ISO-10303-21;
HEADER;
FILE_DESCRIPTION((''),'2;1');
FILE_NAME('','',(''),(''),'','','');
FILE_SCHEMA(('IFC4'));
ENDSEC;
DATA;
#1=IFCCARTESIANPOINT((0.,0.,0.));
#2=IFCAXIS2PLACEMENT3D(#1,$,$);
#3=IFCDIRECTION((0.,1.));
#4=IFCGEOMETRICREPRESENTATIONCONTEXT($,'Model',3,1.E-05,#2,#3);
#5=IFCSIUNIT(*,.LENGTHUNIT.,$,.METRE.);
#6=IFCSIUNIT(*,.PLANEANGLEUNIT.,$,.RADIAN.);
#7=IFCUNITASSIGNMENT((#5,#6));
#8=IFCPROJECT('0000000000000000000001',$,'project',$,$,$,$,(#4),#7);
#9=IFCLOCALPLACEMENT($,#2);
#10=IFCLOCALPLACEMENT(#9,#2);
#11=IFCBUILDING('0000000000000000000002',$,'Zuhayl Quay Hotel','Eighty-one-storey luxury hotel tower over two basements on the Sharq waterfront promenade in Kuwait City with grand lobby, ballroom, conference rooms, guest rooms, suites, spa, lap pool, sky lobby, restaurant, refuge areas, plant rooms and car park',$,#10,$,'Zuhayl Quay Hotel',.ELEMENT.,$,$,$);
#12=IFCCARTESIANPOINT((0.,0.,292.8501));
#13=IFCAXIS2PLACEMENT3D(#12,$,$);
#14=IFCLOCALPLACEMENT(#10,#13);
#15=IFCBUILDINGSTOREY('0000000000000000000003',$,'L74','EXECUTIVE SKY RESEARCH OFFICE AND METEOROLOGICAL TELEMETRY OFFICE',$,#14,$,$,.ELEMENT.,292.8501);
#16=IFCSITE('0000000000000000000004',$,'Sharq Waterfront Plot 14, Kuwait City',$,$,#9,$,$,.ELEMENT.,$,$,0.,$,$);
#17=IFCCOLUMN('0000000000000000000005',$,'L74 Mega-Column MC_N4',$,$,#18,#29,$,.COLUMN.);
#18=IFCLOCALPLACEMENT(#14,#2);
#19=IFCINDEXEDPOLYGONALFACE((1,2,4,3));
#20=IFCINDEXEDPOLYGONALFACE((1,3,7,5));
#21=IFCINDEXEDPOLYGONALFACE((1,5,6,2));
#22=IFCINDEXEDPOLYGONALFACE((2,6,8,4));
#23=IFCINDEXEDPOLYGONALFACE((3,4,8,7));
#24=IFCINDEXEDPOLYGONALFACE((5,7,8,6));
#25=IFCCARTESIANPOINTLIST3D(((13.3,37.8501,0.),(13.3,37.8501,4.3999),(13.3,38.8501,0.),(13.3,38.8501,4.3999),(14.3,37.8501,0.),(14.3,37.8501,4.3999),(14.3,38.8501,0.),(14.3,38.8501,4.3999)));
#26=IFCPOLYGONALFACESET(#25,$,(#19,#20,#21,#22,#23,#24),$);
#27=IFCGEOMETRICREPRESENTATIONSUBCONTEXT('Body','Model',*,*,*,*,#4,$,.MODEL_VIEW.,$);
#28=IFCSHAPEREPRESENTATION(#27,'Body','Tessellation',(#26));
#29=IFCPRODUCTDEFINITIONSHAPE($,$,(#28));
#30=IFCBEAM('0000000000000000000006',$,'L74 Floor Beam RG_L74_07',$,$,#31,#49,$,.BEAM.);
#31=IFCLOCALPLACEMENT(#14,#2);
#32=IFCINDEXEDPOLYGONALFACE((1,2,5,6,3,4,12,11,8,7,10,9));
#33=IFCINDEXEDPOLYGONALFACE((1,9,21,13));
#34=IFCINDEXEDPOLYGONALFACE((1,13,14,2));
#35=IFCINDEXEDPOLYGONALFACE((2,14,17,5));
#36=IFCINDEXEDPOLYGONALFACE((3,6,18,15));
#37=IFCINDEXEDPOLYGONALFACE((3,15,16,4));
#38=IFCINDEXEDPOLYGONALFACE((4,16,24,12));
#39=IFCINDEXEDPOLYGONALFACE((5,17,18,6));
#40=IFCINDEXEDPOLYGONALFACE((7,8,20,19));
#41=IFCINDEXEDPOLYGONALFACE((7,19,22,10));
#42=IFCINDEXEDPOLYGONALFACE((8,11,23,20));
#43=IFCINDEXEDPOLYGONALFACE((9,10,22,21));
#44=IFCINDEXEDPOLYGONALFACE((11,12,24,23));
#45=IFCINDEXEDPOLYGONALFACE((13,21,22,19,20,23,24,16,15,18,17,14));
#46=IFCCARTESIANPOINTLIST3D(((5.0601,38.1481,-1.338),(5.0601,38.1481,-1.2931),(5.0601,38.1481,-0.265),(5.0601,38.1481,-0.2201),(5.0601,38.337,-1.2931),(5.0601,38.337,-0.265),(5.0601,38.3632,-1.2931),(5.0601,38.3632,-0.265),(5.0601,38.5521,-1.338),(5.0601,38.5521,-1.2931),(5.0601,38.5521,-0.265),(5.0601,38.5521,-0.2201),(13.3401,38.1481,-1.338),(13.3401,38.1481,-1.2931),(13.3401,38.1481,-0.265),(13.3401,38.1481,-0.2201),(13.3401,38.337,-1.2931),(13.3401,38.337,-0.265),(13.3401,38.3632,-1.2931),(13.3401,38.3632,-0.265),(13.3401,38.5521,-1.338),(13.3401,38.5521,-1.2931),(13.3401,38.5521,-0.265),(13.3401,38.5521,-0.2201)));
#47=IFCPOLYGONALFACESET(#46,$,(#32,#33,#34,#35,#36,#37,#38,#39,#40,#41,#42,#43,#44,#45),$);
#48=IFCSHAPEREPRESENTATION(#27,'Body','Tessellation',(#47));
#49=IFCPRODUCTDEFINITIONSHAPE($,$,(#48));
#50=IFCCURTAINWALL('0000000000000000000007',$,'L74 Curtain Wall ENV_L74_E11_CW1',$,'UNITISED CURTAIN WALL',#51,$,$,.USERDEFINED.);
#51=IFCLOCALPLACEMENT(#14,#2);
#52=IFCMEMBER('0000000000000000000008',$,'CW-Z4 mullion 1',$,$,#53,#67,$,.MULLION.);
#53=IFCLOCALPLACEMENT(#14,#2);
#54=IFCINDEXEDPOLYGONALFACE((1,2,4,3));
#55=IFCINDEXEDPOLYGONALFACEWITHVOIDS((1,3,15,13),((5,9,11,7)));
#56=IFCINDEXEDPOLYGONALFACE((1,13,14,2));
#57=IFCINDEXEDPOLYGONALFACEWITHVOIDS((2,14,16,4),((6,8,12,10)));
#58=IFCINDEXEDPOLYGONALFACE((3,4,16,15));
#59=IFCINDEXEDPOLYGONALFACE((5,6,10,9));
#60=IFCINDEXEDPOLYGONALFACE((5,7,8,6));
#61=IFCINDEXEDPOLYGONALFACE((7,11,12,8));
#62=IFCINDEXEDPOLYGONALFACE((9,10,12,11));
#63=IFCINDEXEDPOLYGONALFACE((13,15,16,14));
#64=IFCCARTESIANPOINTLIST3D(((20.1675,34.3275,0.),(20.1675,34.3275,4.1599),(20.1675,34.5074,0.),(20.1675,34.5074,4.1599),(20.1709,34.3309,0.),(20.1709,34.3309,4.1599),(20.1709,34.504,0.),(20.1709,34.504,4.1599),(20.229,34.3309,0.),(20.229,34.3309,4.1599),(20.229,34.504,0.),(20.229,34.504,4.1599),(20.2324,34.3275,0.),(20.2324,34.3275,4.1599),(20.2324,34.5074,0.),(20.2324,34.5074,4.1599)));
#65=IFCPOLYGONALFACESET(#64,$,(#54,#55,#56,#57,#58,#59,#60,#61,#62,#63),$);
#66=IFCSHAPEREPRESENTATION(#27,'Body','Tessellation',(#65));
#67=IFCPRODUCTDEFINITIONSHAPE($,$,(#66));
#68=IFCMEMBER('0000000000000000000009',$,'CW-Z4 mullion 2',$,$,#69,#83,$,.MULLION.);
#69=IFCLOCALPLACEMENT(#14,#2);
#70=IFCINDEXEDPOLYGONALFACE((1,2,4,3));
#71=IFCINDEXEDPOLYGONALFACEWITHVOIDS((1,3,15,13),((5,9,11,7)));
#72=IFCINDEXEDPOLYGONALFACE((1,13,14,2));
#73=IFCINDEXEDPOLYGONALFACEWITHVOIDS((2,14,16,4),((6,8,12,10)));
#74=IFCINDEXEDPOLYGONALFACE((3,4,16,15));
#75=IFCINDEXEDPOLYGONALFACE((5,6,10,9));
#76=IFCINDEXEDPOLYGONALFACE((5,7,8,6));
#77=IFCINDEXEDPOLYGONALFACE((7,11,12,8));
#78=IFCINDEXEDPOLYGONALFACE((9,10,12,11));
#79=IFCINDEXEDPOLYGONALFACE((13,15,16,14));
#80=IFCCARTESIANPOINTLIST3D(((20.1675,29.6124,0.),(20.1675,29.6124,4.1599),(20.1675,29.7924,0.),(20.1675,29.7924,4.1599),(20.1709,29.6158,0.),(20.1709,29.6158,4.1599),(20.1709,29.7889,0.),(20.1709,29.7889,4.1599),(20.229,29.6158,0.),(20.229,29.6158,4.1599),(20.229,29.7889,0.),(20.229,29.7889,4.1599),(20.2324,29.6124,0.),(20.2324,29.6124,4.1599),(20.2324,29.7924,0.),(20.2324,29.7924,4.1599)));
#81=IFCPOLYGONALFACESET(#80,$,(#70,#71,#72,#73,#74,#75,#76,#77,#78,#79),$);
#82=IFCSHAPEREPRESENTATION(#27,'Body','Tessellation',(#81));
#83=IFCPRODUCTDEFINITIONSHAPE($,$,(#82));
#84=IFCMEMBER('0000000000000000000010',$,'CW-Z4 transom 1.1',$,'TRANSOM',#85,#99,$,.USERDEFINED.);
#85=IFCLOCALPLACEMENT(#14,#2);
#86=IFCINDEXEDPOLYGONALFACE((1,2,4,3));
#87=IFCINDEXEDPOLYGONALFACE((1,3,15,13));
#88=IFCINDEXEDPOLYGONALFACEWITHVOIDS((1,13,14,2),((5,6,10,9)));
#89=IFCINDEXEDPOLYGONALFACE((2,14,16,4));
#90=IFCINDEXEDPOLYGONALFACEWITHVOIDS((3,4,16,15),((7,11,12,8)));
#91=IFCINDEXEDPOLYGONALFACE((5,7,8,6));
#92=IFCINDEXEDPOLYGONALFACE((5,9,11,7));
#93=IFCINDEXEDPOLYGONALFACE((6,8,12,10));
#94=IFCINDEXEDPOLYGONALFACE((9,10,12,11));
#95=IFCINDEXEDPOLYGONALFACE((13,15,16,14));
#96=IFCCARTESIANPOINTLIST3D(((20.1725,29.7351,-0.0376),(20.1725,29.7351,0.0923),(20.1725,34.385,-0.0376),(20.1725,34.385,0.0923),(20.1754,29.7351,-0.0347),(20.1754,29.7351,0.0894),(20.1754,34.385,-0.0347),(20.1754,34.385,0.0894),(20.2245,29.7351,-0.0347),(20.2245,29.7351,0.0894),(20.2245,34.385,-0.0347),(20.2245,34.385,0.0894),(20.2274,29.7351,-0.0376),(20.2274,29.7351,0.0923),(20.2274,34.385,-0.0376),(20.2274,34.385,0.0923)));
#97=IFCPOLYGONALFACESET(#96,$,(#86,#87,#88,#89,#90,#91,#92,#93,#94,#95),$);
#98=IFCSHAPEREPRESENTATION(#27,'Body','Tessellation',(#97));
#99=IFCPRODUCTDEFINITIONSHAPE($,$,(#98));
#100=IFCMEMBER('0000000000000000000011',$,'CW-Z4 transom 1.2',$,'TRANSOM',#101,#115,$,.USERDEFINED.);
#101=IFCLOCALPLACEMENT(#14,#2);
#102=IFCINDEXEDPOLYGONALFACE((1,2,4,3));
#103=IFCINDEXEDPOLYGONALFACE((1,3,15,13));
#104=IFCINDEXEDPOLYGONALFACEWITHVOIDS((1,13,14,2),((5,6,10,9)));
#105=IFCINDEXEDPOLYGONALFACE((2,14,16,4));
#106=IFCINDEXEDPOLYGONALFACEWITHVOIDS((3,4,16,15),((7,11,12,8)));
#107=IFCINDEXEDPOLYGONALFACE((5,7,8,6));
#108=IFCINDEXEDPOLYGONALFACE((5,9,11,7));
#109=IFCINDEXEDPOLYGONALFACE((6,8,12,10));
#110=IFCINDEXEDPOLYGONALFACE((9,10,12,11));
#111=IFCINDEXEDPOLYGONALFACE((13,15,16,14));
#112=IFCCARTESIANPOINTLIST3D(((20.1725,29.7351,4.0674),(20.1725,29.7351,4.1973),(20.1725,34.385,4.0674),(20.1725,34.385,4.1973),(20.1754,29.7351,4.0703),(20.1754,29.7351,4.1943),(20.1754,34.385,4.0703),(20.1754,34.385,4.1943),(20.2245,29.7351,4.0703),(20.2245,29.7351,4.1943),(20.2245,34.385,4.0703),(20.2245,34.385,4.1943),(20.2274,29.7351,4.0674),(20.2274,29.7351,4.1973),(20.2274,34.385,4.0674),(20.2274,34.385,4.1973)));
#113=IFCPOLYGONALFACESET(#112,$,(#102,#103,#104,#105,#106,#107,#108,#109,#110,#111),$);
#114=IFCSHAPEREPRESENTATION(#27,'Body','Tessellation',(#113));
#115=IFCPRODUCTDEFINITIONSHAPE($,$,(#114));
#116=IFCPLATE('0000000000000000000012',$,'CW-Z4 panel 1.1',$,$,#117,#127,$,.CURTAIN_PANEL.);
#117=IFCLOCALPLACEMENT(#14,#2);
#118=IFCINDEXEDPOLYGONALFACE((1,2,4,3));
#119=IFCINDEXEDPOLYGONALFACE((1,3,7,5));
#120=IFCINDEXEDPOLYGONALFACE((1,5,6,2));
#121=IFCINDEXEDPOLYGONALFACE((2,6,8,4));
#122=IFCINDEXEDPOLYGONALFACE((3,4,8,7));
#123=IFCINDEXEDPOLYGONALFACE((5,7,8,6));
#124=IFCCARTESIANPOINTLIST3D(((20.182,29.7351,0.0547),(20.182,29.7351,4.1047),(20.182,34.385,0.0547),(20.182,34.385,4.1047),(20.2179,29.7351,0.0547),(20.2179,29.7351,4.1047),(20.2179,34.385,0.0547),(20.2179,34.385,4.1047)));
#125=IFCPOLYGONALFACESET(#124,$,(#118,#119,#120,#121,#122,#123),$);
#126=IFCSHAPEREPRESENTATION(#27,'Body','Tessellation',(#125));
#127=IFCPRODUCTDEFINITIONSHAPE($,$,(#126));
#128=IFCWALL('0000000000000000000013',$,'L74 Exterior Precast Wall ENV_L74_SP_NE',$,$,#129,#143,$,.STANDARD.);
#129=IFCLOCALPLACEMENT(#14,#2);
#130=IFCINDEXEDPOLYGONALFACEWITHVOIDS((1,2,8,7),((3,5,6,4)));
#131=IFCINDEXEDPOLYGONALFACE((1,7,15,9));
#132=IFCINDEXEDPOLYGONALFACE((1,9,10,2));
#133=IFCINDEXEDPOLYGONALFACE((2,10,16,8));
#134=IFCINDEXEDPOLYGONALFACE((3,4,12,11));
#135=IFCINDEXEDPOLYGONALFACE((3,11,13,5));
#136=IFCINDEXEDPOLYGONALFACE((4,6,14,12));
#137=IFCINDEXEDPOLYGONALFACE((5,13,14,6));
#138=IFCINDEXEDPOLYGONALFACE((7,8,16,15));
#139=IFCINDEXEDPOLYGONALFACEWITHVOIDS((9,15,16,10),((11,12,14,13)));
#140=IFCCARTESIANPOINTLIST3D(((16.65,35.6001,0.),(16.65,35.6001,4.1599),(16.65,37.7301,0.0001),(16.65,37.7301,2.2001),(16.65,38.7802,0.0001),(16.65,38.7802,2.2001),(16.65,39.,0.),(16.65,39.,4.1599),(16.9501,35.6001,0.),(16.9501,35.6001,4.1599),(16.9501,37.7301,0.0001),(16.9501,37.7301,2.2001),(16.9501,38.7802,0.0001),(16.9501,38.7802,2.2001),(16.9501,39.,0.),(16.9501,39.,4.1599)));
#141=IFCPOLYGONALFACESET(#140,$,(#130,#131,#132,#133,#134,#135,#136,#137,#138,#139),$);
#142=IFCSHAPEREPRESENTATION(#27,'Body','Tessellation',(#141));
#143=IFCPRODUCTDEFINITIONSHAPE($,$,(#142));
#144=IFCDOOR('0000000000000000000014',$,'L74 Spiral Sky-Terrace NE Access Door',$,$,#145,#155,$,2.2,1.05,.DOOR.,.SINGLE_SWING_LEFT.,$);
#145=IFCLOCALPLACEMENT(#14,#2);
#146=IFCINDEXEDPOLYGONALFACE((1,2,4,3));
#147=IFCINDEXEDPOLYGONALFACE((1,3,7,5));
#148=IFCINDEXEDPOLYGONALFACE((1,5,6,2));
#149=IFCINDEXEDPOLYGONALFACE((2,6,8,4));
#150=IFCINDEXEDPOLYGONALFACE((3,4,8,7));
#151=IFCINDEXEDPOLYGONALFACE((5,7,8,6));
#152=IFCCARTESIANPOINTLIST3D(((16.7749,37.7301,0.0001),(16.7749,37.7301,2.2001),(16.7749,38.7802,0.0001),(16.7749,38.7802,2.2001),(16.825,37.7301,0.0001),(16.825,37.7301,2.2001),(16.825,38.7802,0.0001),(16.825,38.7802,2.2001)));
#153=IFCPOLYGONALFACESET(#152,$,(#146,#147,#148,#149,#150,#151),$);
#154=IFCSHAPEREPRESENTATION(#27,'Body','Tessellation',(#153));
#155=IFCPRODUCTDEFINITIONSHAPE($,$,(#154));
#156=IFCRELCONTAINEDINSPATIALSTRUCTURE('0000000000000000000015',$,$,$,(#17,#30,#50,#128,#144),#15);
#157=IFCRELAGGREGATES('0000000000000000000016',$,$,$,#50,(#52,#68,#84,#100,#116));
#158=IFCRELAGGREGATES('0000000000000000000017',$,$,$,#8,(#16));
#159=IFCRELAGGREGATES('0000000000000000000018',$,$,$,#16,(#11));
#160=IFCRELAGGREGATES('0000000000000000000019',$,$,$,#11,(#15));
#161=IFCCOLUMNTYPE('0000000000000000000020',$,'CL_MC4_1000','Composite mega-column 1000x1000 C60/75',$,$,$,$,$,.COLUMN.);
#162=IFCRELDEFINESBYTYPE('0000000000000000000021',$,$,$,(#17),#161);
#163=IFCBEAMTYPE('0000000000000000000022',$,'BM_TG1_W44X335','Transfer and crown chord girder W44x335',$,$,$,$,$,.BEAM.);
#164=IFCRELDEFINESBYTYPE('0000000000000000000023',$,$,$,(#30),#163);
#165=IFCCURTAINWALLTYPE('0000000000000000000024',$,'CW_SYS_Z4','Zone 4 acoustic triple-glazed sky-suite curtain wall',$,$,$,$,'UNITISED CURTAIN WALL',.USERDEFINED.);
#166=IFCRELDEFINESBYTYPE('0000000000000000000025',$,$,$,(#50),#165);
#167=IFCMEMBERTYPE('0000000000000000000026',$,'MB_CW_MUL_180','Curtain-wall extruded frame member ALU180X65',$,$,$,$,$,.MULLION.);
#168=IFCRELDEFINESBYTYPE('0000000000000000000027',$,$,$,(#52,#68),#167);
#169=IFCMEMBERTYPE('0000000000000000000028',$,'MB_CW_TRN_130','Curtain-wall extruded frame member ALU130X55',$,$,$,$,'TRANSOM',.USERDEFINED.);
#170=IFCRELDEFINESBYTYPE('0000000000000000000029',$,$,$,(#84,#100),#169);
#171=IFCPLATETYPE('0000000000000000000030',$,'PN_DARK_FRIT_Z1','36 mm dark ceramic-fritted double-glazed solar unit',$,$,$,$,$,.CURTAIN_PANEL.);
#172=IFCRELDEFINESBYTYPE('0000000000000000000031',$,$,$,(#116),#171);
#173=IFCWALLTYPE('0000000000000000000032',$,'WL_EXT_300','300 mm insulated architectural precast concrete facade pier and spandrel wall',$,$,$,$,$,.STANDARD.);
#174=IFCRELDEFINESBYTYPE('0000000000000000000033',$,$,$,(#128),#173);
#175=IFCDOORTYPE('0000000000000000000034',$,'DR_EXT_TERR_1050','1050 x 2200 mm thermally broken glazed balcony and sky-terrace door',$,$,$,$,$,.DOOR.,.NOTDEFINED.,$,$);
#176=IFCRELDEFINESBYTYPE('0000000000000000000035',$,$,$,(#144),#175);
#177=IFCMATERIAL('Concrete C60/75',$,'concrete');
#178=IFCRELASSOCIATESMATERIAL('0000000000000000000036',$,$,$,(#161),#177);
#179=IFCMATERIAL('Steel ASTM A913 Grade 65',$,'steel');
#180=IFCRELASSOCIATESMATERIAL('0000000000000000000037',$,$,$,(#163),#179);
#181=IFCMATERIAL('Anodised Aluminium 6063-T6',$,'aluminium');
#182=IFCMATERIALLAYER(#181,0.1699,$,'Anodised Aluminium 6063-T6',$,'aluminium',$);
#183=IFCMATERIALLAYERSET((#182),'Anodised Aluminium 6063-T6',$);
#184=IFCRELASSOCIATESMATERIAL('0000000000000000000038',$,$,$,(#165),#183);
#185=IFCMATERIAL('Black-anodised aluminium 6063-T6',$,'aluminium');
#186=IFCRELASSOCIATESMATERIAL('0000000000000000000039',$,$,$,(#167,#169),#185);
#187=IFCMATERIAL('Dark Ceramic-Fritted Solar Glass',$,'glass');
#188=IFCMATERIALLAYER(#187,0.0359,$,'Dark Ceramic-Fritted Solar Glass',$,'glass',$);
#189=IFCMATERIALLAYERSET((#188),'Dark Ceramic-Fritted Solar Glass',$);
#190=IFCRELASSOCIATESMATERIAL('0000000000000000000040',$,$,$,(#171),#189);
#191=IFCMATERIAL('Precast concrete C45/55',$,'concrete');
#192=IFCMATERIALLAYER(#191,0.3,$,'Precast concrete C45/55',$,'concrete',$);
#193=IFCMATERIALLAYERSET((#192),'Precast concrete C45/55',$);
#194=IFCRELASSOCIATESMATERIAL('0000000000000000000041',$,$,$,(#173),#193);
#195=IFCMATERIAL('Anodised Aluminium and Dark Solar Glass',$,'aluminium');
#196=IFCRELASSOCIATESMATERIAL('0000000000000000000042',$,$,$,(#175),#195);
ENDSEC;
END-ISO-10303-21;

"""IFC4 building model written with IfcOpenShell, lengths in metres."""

from ifc_helpers import new_model, si_unit, direction, frame, frame_2d, origin, origin_2d, place, context, subcontext, project, spatial, rectangle, hollow_rectangle, i_section, extrude, material, layer, layer_set, material_profile, profile_set, type_object, element, fill, aggregate, save


model = new_model("IFC4")

# Units and contexts
model_context = context("Model", 3, precision=1e-05, world=origin(), true_north=direction((0.0, 1.0)))
body_context = subcontext(model_context, "Body", "Model", "MODEL_VIEW")
ifc_project = project(units=[si_unit("LENGTHUNIT", "METRE"), si_unit("PLANEANGLEUNIT", "RADIAN")], contexts=[model_context])

# Site, building, storey
site_placement = place(None, origin())
site = spatial("IfcSite", under=ifc_project, at=site_placement, Name="Sharq Waterfront Plot 14, Kuwait City", CompositionType="ELEMENT", RefElevation=0.0)
building_placement = place(site_placement, origin())
building = spatial("IfcBuilding", under=site, at=building_placement, Name="Zuhayl Quay Hotel", Description="Eighty-one-storey luxury hotel tower over two basements on the Sharq waterfront promenade in Kuwait City with grand lobby, ballroom, conference rooms, guest rooms, suites, spa, lap pool, sky lobby, restaurant, refuge areas, plant rooms and car park", LongName="Zuhayl Quay Hotel", CompositionType="ELEMENT")
storey_placement = place(building_placement, frame((0.0, 0.0, 292.8501)))
storey = spatial("IfcBuildingStorey", under=building, at=storey_placement, Name="L74", Description="EXECUTIVE SKY RESEARCH OFFICE AND METEOROLOGICAL TELEMETRY OFFICE", CompositionType="ELEMENT", Elevation=292.8501)

# Column
ifc_material_1 = material(Name="Concrete C60/75", Category="concrete")
ifc_material_profile_1 = material_profile(ifc_material_1, rectangle(XDim=1.0, YDim=1.0, at=origin_2d()), Name="RC1000X1000")
ifc_profile_set_1 = profile_set([ifc_material_profile_1], Name="Concrete C60/75")
column_type = type_object("IfcColumnType", Name="CL_MC4_1000", Description="Composite mega-column 1000x1000 C60/75", PredefinedType="COLUMN", material=ifc_profile_set_1)
column_placement = place(storey_placement, frame((13.8, 38.3501, 0.0), z_axis=(0.0, 0.0, 1.0), x_axis=(1.0, 0.0, 0.0)))
element("IfcColumn", 1, at=column_placement, inside=storey, type_object=column_type, Name="L74 Mega-Column MC_N4", PredefinedType="COLUMN", context=body_context, shape_type="SweptSolid", body=[
    extrude(rectangle(XDim=1.0, YDim=1.0, at=origin_2d()), origin(), (0.0, 0.0, 1.0), 4.3999),
])

# Beam
ifc_material_2 = material(Name="Steel ASTM A913 Grade 65", Category="steel")
ifc_material_profile_2 = material_profile(ifc_material_2, i_section(OverallWidth=0.4041, OverallDepth=1.1179, WebThickness=0.0261, FlangeThickness=0.0449, at=origin_2d()), Name="W44X335")
ifc_profile_set_2 = profile_set([ifc_material_profile_2], Name="Steel ASTM A913 Grade 65")
beam_type = type_object("IfcBeamType", Name="BM_TG1_W44X335", Description="Transfer and crown chord girder W44x335", PredefinedType="BEAM", material=ifc_profile_set_2)
beam_placement = place(storey_placement, frame((13.3401, 38.3501, -0.7791), z_axis=(-1.0, 0.0, 0.0), x_axis=(0.0, -1.0, 0.0)))
element("IfcBeam", 2, at=beam_placement, inside=storey, type_object=beam_type, Name="L74 Floor Beam RG_L74_07", PredefinedType="BEAM", context=body_context, shape_type="SweptSolid", body=[
    extrude(i_section(OverallWidth=0.4041, OverallDepth=1.1179, WebThickness=0.0261, FlangeThickness=0.0449, at=origin_2d()), origin(), (0.0, 0.0, 1.0), 8.28),
])

# Curtain wall, members, plate
ifc_material_3 = material(Name="Anodised Aluminium 6063-T6", Category="aluminium")
ifc_layer_1 = layer(ifc_material_3, 0.1699, Name="Anodised Aluminium 6063-T6", Category="aluminium")
ifc_layer_set_1 = layer_set([ifc_layer_1], Name="Anodised Aluminium 6063-T6")
curtain_wall_type = type_object("IfcCurtainWallType", Name="CW_SYS_Z4", Description="Zone 4 acoustic triple-glazed sky-suite curtain wall", ElementType="UNITISED CURTAIN WALL", PredefinedType="USERDEFINED", material=ifc_layer_set_1)
curtain_wall_placement = place(storey_placement, origin())
curtain_wall = element("IfcCurtainWall", 3, at=curtain_wall_placement, inside=storey, type_object=curtain_wall_type, Name="L74 Curtain Wall ENV_L74_E11_CW1", ObjectType="UNITISED CURTAIN WALL", PredefinedType="USERDEFINED")
ifc_material_4 = material(Name="Black-anodised aluminium 6063-T6", Category="aluminium")
ifc_material_profile_3 = material_profile(ifc_material_4, hollow_rectangle(XDim=0.0649, YDim=0.1799, WallThickness=0.0034, at=origin_2d()), Name="ALU180X65")
ifc_profile_set_3 = profile_set([ifc_material_profile_3], Name="Black-anodised aluminium 6063-T6")
member_type_1 = type_object("IfcMemberType", Name="MB_CW_MUL_180", Description="Curtain-wall extruded frame member ALU180X65", PredefinedType="MULLION", material=ifc_profile_set_3)
member_1_placement = place(storey_placement, frame((20.2, 34.4175, 0.0), z_axis=(0.0, 0.0, 1.0), x_axis=(1.0, 0.0, 0.0)))
member_1 = element("IfcMember", 4, at=member_1_placement, type_object=member_type_1, Name="CW-Z4 mullion 1", PredefinedType="MULLION", context=body_context, shape_type="SweptSolid", body=[
    extrude(hollow_rectangle(XDim=0.0649, YDim=0.1799, WallThickness=0.0034, at=origin_2d()), origin(), (0.0, 0.0, 1.0), 4.1599),
])
member_2_placement = place(storey_placement, frame((20.2, 29.7024, 0.0), z_axis=(0.0, 0.0, 1.0), x_axis=(1.0, 0.0, 0.0)))
member_2 = element("IfcMember", 5, at=member_2_placement, type_object=member_type_1, Name="CW-Z4 mullion 2", PredefinedType="MULLION", context=body_context, shape_type="SweptSolid", body=[
    extrude(hollow_rectangle(XDim=0.0649, YDim=0.1799, WallThickness=0.0034, at=origin_2d()), origin(), (0.0, 0.0, 1.0), 4.1599),
])
ifc_material_profile_4 = material_profile(ifc_material_4, hollow_rectangle(XDim=0.0549, YDim=0.1299, WallThickness=0.0029, at=origin_2d()), Name="ALU130X55")
ifc_profile_set_4 = profile_set([ifc_material_profile_4], Name="Black-anodised aluminium 6063-T6")
member_type_2 = type_object("IfcMemberType", Name="MB_CW_TRN_130", Description="Curtain-wall extruded frame member ALU130X55", ElementType="TRANSOM", PredefinedType="USERDEFINED", material=ifc_profile_set_4)
member_3_placement = place(storey_placement, frame((20.2, 34.385, 0.0273), z_axis=(0.0, -1.0, 0.0), x_axis=(1.0, 0.0, 0.0)))
member_3 = element("IfcMember", 6, at=member_3_placement, type_object=member_type_2, Name="CW-Z4 transom 1.1", ObjectType="TRANSOM", PredefinedType="USERDEFINED", context=body_context, shape_type="SweptSolid", body=[
    extrude(hollow_rectangle(XDim=0.0549, YDim=0.1299, WallThickness=0.0029, at=origin_2d()), origin(), (0.0, 0.0, 1.0), 4.6499),
])
member_4_placement = place(storey_placement, frame((20.2, 34.385, 4.1323), z_axis=(0.0, -1.0, 0.0), x_axis=(1.0, 0.0, 0.0)))
member_4 = element("IfcMember", 7, at=member_4_placement, type_object=member_type_2, Name="CW-Z4 transom 1.2", ObjectType="TRANSOM", PredefinedType="USERDEFINED", context=body_context, shape_type="SweptSolid", body=[
    extrude(hollow_rectangle(XDim=0.0549, YDim=0.1299, WallThickness=0.0029, at=origin_2d()), origin(), (0.0, 0.0, 1.0), 4.6499),
])
ifc_material_5 = material(Name="Dark Ceramic-Fritted Solar Glass", Category="glass")
ifc_layer_2 = layer(ifc_material_5, 0.0359, Name="Dark Ceramic-Fritted Solar Glass", Category="glass")
ifc_layer_set_2 = layer_set([ifc_layer_2], Name="Dark Ceramic-Fritted Solar Glass")
plate_type = type_object("IfcPlateType", Name="PN_DARK_FRIT_Z1", Description="36 mm dark ceramic-fritted double-glazed solar unit", PredefinedType="CURTAIN_PANEL", material=ifc_layer_set_2)
plate_placement = place(storey_placement, frame((20.2, 32.0601, 0.0547), z_axis=(0.0, 0.0, 1.0), x_axis=(0.0, -1.0, 0.0)))
plate = element("IfcPlate", 8, at=plate_placement, type_object=plate_type, Name="CW-Z4 panel 1.1", PredefinedType="CURTAIN_PANEL", context=body_context, shape_type="SweptSolid", body=[
    extrude(rectangle(XDim=4.6499, YDim=0.0359, at=origin_2d()), origin(), (0.0, 0.0, 1.0), 4.05),
])
aggregate(curtain_wall, [member_1, member_2, member_3, member_4, plate])

# Wall, opening, door
ifc_material_6 = material(Name="Precast concrete C45/55", Category="concrete")
ifc_layer_3 = layer(ifc_material_6, 0.3, Name="Precast concrete C45/55", Category="concrete")
ifc_layer_set_3 = layer_set([ifc_layer_3], Name="Precast concrete C45/55")
wall_type_1 = type_object("IfcWallType", Name="WL_EXT_300", Description="300 mm insulated architectural precast concrete facade pier and spandrel wall", PredefinedType="STANDARD", material=ifc_layer_set_3)
wall_1_placement = place(storey_placement, frame((16.8, 39.0, 0.0), z_axis=(0.0, 0.0, 1.0), x_axis=(0.0, -1.0, 0.0)))
wall_1 = element("IfcWall", 9, at=wall_1_placement, inside=storey, type_object=wall_type_1, Name="L74 Exterior Precast Wall ENV_L74_SP_NE", PredefinedType="STANDARD", context=body_context, shape_type="SweptSolid", body=[
    extrude(rectangle(XDim=3.3999, YDim=0.3, at=frame_2d((1.7, 0.0))), origin(), (0.0, 0.0, 1.0), 4.1599),
])
opening_1_placement = place(wall_1_placement, frame((0.22, 0.0, 0.0)))
opening_1 = element("IfcOpeningElement", 10, at=opening_1_placement, cuts=wall_1, PredefinedType="OPENING", context=body_context, shape_type="SweptSolid", body=[
    extrude(rectangle(XDim=1.05, YDim=2.2, at=frame_2d((0.5249, 1.1001))), frame((0.0, 0.1599, 0.0), z_axis=(0.0, -1.0, 0.0), x_axis=(1.0, 0.0, 0.0)), (0.0, 0.0, 1.0), 0.3201),
])
ifc_material_7 = material(Name="Anodised Aluminium and Dark Solar Glass", Category="aluminium")
door_type_1 = type_object("IfcDoorType", Name="DR_EXT_TERR_1050", Description="1050 x 2200 mm thermally broken glazed balcony and sky-terrace door", OperationType="NOTDEFINED", PredefinedType="DOOR", material=ifc_material_7)
door_1_placement = place(opening_1_placement, origin())
door_1 = element("IfcDoor", 11, at=door_1_placement, inside=storey, type_object=door_type_1, Name="L74 Spiral Sky-Terrace NE Access Door", OperationType="SINGLE_SWING_LEFT", OverallHeight=2.2, OverallWidth=1.05, PredefinedType="DOOR", context=body_context, shape_type="SweptSolid", body=[
    extrude(rectangle(XDim=1.05, YDim=2.2, at=frame_2d((0.5249, 1.1001))), frame((0.0, 0.0249, 0.0), z_axis=(0.0, -1.0, 0.0), x_axis=(1.0, 0.0, 0.0)), (0.0, 0.0, 1.0), 0.05),
])
fill(opening_1, door_1)

save(model, "model.ifc")
